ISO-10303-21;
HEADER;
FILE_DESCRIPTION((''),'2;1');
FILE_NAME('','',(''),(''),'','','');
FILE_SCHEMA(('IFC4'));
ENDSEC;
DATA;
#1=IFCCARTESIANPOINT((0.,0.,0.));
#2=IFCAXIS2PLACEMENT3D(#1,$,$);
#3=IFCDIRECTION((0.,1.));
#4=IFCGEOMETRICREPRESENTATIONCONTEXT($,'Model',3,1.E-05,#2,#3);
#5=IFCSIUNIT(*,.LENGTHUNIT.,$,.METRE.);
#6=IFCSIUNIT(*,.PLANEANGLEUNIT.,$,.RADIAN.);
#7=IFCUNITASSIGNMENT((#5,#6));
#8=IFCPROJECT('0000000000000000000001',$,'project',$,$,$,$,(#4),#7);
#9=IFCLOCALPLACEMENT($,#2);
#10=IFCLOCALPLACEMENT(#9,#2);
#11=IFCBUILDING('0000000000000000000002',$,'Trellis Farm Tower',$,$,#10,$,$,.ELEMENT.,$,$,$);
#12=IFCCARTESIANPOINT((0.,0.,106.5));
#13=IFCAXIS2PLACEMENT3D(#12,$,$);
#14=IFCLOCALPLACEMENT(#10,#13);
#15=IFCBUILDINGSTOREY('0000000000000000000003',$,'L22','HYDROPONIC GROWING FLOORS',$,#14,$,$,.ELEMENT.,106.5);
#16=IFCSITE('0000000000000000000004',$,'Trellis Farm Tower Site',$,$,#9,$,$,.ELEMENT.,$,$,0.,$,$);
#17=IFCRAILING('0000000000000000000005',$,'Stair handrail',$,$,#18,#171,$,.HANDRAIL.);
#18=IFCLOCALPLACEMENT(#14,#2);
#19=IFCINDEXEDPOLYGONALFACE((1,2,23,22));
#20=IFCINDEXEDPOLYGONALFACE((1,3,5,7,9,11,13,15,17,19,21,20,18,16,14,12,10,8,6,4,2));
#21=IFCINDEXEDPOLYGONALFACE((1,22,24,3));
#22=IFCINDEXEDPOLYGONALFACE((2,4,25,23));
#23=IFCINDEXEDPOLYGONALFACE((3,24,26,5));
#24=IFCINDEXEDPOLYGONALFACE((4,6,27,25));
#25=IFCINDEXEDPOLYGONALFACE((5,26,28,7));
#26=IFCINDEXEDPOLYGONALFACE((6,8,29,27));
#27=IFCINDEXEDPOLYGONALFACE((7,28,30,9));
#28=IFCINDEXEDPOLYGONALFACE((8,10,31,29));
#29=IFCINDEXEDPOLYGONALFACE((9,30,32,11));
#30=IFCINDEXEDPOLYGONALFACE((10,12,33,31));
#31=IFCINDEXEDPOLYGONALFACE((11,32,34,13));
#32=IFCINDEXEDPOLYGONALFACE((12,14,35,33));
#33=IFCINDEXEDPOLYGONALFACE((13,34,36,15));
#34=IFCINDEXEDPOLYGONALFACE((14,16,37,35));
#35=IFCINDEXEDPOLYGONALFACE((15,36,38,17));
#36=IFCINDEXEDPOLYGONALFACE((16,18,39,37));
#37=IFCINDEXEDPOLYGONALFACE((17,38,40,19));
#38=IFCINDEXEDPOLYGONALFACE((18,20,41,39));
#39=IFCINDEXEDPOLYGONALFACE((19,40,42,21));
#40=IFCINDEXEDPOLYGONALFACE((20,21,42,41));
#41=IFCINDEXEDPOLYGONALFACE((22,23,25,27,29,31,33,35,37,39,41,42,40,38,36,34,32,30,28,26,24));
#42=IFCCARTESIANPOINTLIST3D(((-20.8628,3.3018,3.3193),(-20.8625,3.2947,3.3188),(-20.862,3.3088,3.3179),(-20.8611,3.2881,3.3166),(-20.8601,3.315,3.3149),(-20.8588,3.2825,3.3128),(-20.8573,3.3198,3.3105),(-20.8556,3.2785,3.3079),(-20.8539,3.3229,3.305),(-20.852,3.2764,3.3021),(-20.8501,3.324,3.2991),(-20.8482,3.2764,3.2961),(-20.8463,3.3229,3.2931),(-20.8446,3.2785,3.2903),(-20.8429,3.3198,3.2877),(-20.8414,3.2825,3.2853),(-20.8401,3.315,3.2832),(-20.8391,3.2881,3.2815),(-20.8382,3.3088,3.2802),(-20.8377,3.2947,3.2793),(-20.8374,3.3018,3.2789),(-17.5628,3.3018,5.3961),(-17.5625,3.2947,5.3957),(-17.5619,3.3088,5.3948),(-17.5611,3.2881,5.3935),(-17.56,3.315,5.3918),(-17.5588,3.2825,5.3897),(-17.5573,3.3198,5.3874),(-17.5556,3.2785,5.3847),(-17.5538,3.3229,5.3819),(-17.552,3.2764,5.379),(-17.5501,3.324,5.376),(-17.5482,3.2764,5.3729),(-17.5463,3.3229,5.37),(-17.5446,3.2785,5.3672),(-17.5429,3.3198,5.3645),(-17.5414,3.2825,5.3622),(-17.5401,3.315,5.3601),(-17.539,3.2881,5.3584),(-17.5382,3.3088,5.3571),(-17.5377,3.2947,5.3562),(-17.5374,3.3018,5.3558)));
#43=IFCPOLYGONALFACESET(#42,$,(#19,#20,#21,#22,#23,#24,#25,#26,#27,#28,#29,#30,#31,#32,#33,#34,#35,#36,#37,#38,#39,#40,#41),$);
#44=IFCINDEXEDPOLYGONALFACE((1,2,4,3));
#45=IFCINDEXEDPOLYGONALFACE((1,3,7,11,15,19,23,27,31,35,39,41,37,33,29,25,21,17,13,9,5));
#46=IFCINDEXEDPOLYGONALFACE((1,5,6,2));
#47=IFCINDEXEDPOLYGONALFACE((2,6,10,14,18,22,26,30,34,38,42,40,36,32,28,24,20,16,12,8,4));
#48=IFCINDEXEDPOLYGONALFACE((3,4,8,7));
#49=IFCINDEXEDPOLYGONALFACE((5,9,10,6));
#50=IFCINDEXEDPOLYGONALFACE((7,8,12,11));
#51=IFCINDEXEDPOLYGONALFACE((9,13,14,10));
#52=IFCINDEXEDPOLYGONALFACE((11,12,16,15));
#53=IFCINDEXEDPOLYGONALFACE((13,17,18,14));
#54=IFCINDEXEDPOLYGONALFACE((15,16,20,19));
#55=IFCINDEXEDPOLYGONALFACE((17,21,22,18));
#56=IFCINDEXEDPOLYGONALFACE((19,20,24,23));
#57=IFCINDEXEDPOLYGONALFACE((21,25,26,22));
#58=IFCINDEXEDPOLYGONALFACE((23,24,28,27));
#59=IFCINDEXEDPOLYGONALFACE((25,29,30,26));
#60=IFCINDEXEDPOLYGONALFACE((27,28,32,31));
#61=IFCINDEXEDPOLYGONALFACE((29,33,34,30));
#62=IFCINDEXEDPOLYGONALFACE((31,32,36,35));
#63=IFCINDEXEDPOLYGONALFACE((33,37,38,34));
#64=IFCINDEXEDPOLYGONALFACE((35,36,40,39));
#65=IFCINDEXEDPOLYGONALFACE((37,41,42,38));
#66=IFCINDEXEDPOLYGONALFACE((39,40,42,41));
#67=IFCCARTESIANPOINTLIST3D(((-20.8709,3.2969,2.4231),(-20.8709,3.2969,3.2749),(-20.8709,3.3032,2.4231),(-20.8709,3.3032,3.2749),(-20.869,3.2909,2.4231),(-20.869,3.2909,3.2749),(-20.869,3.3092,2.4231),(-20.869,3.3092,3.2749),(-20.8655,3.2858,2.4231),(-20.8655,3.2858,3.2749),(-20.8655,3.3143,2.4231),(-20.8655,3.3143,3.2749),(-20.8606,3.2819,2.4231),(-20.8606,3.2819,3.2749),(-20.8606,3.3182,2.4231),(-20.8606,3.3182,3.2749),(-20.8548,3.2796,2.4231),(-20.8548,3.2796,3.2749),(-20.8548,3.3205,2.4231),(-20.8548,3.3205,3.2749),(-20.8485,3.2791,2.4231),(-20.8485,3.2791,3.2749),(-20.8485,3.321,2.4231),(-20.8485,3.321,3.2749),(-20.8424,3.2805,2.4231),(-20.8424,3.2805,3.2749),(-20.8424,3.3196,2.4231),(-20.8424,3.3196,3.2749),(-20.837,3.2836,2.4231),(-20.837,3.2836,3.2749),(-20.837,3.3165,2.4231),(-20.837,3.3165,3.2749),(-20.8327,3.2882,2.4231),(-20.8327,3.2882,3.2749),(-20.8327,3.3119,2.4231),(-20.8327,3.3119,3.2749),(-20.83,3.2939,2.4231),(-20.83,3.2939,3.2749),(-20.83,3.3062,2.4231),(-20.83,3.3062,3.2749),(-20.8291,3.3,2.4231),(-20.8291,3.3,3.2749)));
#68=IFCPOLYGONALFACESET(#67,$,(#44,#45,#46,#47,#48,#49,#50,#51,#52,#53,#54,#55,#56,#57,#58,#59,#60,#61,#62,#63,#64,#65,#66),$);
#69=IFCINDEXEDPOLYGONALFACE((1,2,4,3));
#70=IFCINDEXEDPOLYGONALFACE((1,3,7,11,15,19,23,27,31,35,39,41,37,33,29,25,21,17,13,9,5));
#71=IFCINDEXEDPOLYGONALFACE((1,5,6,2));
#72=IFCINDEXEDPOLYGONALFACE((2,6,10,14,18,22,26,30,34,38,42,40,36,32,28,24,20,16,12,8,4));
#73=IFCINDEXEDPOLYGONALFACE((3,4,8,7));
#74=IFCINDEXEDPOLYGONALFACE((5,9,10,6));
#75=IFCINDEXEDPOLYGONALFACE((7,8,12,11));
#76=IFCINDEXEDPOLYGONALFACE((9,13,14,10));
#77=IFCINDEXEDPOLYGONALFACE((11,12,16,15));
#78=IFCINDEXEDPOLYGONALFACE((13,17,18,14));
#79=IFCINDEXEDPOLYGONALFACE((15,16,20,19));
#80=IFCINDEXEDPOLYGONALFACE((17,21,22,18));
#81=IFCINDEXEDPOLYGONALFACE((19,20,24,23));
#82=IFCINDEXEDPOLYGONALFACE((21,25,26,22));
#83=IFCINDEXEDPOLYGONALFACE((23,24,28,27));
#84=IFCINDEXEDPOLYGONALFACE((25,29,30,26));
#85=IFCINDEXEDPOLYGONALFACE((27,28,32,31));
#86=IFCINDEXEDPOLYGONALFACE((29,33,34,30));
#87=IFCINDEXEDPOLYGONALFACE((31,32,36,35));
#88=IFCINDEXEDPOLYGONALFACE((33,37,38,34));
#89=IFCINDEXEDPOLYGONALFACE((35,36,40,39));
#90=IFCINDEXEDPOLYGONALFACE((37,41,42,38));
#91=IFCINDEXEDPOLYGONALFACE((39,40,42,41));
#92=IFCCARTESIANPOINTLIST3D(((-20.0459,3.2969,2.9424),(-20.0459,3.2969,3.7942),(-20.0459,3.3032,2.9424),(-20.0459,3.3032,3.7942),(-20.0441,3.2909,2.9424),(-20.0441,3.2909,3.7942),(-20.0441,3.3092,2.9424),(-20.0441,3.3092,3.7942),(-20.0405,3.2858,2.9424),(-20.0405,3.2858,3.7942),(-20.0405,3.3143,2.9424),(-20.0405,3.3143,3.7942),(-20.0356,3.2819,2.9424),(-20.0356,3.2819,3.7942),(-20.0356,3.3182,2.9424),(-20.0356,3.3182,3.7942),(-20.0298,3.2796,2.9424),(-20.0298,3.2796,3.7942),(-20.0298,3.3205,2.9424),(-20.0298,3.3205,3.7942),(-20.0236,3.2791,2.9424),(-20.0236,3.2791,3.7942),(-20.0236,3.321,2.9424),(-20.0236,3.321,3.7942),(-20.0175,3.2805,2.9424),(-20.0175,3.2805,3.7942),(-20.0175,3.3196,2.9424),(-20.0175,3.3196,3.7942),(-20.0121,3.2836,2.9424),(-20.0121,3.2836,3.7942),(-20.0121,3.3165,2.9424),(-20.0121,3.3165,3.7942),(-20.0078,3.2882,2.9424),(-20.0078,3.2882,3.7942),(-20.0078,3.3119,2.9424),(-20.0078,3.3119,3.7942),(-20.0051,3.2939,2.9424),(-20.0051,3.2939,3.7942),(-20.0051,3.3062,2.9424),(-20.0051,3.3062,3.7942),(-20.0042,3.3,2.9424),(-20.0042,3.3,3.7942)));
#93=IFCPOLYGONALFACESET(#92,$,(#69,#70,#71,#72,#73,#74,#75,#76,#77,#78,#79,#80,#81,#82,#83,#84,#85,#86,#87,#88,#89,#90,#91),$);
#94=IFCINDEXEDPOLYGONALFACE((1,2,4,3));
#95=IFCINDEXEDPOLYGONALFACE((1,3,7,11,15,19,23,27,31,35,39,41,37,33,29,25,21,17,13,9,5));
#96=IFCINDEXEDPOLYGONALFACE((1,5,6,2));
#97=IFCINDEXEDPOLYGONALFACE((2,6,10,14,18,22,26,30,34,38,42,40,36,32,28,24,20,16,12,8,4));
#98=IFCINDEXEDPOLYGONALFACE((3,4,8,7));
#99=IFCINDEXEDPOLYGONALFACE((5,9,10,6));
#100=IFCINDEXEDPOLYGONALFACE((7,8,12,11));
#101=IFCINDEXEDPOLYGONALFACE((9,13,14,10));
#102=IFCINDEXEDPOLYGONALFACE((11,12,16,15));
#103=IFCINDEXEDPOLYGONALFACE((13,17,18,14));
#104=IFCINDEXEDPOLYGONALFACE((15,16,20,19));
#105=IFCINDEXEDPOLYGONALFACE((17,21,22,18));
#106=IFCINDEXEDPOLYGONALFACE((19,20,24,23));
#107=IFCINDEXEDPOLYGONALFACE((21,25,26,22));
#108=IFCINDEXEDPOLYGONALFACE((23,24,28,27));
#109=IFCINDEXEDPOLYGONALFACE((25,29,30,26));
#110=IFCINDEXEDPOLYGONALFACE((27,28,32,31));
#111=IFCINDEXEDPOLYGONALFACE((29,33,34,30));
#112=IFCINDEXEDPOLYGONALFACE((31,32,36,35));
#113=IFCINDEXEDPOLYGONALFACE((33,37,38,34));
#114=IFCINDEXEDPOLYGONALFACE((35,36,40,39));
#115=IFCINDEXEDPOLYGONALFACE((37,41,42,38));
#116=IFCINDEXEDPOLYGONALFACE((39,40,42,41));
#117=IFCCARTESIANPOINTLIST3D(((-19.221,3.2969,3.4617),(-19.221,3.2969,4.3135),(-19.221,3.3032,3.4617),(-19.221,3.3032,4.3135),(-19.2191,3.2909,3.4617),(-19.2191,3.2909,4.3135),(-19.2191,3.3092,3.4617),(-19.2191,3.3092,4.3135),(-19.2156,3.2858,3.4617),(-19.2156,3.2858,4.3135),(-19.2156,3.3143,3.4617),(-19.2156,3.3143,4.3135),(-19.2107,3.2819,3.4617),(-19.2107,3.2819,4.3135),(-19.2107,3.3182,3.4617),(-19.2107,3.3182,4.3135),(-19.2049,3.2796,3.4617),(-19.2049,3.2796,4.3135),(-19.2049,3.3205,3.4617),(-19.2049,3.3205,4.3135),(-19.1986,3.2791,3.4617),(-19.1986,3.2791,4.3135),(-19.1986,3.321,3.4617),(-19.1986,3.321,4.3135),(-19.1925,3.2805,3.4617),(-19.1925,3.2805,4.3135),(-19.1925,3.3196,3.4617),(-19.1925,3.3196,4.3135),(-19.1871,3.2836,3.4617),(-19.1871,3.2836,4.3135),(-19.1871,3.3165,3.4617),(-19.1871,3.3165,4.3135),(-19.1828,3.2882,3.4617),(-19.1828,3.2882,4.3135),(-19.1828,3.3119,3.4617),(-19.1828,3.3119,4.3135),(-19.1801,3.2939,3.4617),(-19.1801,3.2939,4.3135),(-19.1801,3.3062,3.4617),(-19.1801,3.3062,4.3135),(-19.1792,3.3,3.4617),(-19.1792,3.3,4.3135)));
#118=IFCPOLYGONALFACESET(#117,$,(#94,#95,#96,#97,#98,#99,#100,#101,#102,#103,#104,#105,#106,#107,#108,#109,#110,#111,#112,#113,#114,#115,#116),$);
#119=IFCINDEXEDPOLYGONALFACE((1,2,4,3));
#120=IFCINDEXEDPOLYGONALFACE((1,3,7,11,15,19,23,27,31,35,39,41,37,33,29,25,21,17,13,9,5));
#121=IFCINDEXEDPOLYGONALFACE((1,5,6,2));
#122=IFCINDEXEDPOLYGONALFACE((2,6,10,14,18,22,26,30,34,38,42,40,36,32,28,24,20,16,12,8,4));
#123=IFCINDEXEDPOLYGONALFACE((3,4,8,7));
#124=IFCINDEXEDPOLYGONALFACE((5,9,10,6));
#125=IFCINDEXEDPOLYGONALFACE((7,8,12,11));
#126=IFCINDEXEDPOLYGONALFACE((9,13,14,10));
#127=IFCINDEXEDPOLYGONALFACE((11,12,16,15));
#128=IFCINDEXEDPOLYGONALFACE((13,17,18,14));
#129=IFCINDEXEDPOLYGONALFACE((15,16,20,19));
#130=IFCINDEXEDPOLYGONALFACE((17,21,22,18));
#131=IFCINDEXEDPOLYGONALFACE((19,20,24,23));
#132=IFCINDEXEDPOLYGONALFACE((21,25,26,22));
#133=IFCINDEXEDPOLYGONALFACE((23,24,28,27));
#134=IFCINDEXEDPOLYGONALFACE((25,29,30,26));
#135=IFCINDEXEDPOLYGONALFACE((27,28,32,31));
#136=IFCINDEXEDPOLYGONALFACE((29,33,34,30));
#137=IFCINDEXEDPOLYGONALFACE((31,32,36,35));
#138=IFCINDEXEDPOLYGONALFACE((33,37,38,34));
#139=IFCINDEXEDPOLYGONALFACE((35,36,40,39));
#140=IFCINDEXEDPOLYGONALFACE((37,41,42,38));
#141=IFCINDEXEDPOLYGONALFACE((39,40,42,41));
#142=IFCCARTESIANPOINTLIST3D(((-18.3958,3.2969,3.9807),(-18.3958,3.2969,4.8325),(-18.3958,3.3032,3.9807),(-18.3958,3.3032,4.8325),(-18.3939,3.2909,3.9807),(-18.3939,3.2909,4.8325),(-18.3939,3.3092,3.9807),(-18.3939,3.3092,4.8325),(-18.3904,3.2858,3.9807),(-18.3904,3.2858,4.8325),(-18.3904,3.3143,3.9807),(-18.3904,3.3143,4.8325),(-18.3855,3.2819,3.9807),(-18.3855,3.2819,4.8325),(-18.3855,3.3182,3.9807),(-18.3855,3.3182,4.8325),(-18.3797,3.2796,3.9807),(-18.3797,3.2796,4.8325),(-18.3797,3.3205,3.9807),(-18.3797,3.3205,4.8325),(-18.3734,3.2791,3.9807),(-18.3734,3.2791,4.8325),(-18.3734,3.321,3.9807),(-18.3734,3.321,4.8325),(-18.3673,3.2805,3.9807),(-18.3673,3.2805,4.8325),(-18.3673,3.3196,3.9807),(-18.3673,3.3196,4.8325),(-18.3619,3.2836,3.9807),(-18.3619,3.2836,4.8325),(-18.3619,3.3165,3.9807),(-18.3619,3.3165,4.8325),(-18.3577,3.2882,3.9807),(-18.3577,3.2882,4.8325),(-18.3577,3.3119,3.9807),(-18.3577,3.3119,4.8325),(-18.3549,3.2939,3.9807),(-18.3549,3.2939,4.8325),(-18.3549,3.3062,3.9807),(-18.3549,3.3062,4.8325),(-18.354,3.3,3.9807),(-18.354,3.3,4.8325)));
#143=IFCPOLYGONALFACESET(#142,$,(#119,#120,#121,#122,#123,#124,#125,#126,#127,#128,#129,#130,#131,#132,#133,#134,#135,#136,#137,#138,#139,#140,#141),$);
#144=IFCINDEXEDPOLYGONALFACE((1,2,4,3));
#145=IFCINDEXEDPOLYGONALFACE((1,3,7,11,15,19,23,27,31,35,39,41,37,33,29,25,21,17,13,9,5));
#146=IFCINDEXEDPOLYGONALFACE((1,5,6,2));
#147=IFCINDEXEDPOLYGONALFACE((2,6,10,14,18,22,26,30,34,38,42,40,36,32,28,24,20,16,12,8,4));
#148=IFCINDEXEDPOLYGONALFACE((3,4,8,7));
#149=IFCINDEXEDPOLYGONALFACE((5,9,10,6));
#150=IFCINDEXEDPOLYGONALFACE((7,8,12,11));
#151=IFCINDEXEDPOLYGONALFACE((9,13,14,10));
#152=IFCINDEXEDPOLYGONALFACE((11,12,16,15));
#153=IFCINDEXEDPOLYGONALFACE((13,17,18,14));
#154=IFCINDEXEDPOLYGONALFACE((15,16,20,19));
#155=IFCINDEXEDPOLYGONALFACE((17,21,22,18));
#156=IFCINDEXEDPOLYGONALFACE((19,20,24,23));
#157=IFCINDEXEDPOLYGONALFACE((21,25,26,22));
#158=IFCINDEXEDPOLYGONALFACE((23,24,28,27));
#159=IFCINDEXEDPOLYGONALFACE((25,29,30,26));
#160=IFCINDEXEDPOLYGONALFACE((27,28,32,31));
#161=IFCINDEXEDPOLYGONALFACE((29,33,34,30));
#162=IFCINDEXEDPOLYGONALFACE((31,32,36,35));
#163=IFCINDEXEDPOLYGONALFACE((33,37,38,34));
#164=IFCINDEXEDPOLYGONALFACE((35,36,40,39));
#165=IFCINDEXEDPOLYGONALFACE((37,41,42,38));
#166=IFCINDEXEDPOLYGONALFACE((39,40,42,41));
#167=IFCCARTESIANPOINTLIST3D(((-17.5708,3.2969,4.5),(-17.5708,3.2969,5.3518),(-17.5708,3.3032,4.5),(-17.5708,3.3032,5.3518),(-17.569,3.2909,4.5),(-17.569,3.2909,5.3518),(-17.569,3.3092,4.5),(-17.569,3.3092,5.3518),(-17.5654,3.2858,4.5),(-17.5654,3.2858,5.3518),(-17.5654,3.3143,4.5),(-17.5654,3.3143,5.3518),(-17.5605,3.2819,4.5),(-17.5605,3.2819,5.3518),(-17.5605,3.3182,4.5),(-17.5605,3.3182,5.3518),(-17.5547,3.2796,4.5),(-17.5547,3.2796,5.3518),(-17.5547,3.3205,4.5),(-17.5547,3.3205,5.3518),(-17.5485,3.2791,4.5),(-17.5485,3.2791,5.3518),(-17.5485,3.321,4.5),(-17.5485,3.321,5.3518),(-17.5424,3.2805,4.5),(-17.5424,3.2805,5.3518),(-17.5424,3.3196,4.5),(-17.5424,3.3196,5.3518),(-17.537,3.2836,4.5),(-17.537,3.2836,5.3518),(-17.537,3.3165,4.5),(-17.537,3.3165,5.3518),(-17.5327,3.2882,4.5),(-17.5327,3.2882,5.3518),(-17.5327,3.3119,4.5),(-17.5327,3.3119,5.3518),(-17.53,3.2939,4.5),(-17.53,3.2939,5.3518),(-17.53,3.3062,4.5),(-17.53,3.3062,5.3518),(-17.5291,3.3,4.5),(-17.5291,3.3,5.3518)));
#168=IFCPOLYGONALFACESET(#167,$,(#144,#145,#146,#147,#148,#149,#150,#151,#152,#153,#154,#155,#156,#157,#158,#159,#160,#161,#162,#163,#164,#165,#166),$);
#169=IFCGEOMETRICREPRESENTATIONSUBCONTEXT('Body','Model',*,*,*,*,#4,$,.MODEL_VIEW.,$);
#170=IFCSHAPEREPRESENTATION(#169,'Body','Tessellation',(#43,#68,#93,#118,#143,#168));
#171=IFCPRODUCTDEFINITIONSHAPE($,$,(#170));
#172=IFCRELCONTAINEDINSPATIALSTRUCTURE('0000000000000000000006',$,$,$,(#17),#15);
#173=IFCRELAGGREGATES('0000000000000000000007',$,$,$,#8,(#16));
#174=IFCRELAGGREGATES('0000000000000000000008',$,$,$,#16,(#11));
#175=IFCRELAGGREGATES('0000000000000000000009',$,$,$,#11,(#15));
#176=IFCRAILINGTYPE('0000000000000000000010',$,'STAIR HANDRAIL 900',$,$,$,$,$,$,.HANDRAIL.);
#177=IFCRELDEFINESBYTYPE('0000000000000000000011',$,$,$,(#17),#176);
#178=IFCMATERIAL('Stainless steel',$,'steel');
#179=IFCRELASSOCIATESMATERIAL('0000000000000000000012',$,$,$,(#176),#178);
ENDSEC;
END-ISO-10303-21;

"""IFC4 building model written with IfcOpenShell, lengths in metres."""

from ifc_helpers import new_model, si_unit, direction, frame, origin, origin_2d, place, context, subcontext, project, spatial, circle, extrude, source, transform, mapped, material, type_object, element, save


model = new_model("IFC4")

# Units and contexts
model_context = context("Model", 3, precision=1e-05, world=origin(), true_north=direction((0.0, 1.0)))
body_context = subcontext(model_context, "Body", "Model", "MODEL_VIEW")
ifc_project = project(units=[si_unit("LENGTHUNIT", "METRE"), si_unit("PLANEANGLEUNIT", "RADIAN")], contexts=[model_context])

# Site, building, storey
site_placement = place(None, origin())
site = spatial("IfcSite", under=ifc_project, at=site_placement, Name="Trellis Farm Tower Site", CompositionType="ELEMENT", RefElevation=0.0)
building_placement = place(site_placement, origin())
building = spatial("IfcBuilding", under=site, at=building_placement, Name="Trellis Farm Tower", CompositionType="ELEMENT")
storey_placement = place(building_placement, frame((0.0, 0.0, 106.5)))
storey = spatial("IfcBuildingStorey", under=building, at=storey_placement, Name="L22", Description="HYDROPONIC GROWING FLOORS", CompositionType="ELEMENT", Elevation=106.5)

# Railing
ifc_material_1 = material(Name="Stainless steel", Category="steel")
railing_type = type_object("IfcRailingType", Name="STAIR HANDRAIL 900", PredefinedType="HANDRAIL", material=ifc_material_1)
shared_shape_1 = source(origin(), body_context, "Body", "SweptSolid", [
    extrude(circle(Radius=0.0239, at=origin_2d()), frame((0.0, 0.0, 0.876), z_axis=(0.846337, 0.0, 0.532647), x_axis=(0.0, 1.0, 0.0)), (0.0, 0.0, 1.0), 3.8992),
    extrude(circle(Radius=0.021, at=origin_2d()), origin(), (0.0, 0.0, 1.0), 0.8518),
    extrude(circle(Radius=0.021, at=origin_2d()), frame((0.825, 0.0, 0.5193)), (0.0, 0.0, 1.0), 0.8518),
    extrude(circle(Radius=0.021, at=origin_2d()), frame((1.6499, 0.0, 1.0386)), (0.0, 0.0, 1.0), 0.8518),
    extrude(circle(Radius=0.021, at=origin_2d()), frame((2.4751, 0.0, 1.5576)), (0.0, 0.0, 1.0), 0.8518),
    extrude(circle(Radius=0.021, at=origin_2d()), frame((3.3, 0.0, 2.0769)), (0.0, 0.0, 1.0), 0.8518),
])
for number, where, name in (
    (1, (-20.8501, 3.3, 2.4231), "Stair handrail"),
):
    element("IfcRailing", number, at=place(storey_placement, frame(where)), inside=storey, type_object=railing_type, Name=name, PredefinedType="HANDRAIL", context=body_context, shape_type="MappedRepresentation", body=[
        mapped(shared_shape_1, transform((0.0, 0.0, 0.0))),
    ])

save(model, "model.ifc")
